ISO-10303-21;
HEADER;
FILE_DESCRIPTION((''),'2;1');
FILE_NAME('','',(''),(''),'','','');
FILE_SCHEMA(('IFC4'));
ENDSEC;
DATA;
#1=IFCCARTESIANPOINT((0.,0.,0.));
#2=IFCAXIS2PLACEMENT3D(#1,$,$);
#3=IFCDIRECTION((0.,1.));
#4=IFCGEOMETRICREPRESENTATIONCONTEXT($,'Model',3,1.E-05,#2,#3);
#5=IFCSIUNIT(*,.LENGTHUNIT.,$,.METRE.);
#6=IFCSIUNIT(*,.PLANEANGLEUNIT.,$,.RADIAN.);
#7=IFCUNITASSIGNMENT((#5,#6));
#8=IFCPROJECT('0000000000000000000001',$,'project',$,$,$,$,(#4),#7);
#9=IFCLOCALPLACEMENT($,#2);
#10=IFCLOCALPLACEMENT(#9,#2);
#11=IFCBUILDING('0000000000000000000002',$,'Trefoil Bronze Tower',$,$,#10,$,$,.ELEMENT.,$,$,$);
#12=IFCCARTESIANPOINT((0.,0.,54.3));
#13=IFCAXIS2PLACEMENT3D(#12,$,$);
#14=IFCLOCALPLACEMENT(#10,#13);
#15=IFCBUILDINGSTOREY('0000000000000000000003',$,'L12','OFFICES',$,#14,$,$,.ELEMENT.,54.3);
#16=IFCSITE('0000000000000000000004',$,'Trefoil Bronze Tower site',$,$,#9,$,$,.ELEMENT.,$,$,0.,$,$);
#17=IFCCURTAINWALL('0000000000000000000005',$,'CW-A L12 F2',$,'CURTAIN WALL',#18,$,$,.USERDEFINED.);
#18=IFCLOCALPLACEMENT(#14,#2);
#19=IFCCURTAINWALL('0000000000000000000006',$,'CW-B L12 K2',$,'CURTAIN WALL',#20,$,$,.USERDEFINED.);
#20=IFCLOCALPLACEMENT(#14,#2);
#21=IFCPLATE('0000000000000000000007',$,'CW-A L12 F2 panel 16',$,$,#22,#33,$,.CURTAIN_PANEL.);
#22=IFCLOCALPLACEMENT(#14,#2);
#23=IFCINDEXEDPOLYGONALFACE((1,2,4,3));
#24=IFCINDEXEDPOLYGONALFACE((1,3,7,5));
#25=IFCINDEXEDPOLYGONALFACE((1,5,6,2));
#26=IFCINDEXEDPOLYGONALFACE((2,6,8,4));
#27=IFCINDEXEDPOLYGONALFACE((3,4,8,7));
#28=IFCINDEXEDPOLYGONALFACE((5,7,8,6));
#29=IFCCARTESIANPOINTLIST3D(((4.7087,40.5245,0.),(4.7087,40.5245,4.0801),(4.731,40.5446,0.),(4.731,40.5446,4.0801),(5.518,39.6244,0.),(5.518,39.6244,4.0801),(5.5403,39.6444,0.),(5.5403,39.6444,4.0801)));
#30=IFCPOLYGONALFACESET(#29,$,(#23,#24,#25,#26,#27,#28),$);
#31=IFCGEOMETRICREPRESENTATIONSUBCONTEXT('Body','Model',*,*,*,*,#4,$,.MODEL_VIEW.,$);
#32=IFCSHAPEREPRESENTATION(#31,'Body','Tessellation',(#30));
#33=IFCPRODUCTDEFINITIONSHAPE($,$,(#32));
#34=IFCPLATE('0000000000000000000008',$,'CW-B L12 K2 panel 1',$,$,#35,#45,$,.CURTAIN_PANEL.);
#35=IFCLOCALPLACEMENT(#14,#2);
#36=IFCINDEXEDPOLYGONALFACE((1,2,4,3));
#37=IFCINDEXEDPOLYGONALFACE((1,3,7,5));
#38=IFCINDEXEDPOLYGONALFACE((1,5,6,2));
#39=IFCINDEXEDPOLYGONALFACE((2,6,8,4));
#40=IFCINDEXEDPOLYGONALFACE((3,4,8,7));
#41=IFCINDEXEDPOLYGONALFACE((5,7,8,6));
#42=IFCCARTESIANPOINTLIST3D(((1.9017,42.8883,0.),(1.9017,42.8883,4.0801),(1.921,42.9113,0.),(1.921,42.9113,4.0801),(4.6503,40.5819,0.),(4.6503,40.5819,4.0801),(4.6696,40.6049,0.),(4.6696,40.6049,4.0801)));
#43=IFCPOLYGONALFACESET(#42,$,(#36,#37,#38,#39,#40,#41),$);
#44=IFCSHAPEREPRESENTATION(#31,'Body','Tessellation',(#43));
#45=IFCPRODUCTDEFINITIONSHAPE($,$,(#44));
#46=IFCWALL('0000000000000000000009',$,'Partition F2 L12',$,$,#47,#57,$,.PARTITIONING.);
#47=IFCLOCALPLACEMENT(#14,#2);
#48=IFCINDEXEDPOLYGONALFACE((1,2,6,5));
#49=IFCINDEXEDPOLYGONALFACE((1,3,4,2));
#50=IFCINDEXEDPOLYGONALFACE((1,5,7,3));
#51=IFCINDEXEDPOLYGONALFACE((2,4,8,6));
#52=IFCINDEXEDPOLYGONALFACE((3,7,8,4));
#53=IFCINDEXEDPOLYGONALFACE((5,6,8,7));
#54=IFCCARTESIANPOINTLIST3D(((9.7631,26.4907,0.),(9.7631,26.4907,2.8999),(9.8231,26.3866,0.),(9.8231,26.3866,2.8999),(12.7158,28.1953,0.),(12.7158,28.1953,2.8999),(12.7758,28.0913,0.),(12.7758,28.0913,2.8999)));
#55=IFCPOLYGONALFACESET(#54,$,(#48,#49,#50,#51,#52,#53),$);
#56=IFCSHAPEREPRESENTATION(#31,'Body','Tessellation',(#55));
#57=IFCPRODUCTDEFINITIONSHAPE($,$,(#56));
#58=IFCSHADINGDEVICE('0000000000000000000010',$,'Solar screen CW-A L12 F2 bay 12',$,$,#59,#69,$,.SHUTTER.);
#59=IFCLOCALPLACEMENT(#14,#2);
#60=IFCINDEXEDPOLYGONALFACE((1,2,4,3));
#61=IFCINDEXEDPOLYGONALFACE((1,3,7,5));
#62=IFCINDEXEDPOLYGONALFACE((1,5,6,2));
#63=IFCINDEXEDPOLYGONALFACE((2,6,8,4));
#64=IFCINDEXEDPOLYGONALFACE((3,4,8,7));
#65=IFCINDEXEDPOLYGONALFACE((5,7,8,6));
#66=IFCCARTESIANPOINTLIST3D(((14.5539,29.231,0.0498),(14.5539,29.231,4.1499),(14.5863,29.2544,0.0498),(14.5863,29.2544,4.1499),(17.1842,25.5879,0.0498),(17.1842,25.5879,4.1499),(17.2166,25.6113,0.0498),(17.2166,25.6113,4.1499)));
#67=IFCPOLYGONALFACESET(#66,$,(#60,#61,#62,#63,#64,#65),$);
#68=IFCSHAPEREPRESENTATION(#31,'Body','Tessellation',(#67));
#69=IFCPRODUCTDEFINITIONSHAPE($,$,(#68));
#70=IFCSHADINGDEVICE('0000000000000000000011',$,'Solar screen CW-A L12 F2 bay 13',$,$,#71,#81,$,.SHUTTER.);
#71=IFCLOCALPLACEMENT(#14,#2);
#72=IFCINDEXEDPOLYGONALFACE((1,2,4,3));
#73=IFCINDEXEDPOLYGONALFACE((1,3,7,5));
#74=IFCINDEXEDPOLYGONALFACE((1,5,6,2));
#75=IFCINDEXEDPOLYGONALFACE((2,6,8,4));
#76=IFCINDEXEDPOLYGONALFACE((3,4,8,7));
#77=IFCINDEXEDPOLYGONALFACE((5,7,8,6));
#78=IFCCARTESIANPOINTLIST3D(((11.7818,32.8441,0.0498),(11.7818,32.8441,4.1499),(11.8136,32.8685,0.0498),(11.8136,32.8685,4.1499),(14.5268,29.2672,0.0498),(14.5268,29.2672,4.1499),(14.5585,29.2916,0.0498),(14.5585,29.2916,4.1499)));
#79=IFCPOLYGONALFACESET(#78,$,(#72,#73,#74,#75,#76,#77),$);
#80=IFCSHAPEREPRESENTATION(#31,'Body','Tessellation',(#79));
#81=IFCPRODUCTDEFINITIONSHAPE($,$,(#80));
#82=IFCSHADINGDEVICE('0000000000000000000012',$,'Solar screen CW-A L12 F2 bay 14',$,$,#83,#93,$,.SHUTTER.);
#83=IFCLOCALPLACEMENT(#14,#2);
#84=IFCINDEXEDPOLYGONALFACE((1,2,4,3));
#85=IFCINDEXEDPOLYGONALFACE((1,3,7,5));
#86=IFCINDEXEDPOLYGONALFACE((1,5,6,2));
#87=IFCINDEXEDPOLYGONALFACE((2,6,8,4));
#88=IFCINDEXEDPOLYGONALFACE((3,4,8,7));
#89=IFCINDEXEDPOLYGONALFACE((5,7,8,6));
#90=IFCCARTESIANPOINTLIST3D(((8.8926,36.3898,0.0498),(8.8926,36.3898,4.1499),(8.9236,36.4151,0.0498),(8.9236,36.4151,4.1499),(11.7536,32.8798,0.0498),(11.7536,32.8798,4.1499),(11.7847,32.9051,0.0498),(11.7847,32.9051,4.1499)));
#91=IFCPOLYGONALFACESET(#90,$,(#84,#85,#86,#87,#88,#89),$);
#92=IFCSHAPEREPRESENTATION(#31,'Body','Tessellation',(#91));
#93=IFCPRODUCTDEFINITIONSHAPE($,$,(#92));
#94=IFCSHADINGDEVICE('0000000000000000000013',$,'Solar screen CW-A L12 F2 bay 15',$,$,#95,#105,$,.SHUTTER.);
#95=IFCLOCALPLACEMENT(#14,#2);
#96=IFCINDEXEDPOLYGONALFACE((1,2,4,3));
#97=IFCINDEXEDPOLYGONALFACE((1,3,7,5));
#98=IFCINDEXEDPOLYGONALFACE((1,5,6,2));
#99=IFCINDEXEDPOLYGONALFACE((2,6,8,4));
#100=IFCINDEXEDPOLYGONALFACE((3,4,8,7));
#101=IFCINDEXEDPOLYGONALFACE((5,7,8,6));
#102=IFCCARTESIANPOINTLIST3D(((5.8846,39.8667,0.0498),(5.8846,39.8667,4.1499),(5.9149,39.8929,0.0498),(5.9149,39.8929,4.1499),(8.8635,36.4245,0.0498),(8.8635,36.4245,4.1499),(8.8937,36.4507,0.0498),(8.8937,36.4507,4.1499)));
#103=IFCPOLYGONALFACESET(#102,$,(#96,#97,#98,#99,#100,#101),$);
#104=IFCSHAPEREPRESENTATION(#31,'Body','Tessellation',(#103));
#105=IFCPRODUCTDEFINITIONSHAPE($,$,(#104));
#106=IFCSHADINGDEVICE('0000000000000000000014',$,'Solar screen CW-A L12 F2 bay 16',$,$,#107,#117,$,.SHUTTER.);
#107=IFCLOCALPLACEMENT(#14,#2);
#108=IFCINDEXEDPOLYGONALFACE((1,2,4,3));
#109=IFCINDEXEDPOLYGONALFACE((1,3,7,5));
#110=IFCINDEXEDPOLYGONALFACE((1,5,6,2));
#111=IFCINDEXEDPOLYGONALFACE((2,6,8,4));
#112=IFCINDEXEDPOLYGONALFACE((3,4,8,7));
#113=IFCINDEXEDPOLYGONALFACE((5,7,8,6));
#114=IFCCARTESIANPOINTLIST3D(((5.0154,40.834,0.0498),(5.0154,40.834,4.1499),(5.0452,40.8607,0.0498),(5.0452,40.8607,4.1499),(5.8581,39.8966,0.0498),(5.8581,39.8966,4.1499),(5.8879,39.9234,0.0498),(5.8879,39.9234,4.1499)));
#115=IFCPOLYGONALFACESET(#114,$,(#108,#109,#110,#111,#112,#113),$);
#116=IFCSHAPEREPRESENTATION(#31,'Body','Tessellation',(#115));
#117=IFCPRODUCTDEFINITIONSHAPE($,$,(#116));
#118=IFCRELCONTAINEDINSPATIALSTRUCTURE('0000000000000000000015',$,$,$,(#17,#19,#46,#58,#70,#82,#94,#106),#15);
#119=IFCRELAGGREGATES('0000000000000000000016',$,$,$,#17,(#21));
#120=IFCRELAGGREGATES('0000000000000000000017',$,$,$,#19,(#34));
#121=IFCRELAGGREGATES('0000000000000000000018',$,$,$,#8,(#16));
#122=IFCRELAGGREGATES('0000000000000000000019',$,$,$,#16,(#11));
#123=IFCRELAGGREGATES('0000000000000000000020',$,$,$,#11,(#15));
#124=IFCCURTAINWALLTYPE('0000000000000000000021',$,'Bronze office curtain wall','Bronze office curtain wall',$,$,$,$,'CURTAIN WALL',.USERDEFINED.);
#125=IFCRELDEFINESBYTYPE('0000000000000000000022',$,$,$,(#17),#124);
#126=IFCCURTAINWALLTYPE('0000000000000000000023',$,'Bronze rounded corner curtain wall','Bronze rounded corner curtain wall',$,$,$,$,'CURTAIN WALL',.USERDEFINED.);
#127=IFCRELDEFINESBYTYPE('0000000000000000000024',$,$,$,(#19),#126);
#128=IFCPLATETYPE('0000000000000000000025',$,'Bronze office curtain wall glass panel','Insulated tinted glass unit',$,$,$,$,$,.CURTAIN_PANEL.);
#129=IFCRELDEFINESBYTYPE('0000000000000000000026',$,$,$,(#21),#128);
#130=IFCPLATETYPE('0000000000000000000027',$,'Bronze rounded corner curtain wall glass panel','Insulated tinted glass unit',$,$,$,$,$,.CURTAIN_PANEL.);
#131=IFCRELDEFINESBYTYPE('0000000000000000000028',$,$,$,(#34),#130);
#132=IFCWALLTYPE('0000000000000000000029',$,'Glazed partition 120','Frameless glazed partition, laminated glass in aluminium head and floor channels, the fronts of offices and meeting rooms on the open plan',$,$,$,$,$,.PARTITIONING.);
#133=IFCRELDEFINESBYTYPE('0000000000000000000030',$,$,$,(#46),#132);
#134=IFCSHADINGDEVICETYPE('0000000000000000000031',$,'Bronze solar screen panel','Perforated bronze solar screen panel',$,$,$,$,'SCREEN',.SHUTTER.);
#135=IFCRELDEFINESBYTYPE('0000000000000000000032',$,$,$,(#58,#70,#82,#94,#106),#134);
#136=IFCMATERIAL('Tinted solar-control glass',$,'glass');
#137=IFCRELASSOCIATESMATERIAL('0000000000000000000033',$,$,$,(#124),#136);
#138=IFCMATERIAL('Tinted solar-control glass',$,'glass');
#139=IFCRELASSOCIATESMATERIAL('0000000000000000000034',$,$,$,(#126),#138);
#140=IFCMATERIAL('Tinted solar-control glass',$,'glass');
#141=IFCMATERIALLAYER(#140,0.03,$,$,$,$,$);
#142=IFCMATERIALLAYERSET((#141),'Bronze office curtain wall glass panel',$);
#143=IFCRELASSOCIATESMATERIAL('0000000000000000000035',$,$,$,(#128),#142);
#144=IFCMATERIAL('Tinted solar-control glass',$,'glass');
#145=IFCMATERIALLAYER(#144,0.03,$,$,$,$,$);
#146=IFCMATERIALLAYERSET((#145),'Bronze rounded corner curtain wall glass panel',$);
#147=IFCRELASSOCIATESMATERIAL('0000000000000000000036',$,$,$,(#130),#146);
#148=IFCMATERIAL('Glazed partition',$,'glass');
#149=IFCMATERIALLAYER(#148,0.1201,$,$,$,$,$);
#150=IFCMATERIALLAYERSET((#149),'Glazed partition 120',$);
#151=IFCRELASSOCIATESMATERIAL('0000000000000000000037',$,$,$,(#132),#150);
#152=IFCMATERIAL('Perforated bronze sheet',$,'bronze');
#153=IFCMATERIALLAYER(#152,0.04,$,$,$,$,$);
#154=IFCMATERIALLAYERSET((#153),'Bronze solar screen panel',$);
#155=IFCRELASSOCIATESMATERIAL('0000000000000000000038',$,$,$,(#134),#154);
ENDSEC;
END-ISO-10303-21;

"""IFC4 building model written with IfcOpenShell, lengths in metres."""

from ifc_helpers import new_model, si_unit, direction, frame, frame_2d, origin, origin_2d, place, context, subcontext, project, spatial, rectangle, extrude, material, layer, layer_set, type_object, element, aggregate, save


model = new_model("IFC4")

# Units and contexts
model_context = context("Model", 3, precision=1e-05, world=origin(), true_north=direction((0.0, 1.0)))
body_context = subcontext(model_context, "Body", "Model", "MODEL_VIEW")
ifc_project = project(units=[si_unit("LENGTHUNIT", "METRE"), si_unit("PLANEANGLEUNIT", "RADIAN")], contexts=[model_context])

# Site, building, storey
site_placement = place(None, origin())
site = spatial("IfcSite", under=ifc_project, at=site_placement, Name="Trefoil Bronze Tower site", CompositionType="ELEMENT", RefElevation=0.0)
building_placement = place(site_placement, origin())
building = spatial("IfcBuilding", under=site, at=building_placement, Name="Trefoil Bronze Tower", CompositionType="ELEMENT")
storey_placement = place(building_placement, frame((0.0, 0.0, 54.3)))
storey = spatial("IfcBuildingStorey", under=building, at=storey_placement, Name="L12", Description="OFFICES", CompositionType="ELEMENT", Elevation=54.3)

# Curtain walls
ifc_material_1 = material(Name="Tinted solar-control glass", Category="glass")
curtain_wall_type_1 = type_object("IfcCurtainWallType", Name="Bronze office curtain wall", Description="Bronze office curtain wall", ElementType="CURTAIN WALL", PredefinedType="USERDEFINED", material=ifc_material_1)
curtain_wall_1_placement = place(storey_placement, origin())
curtain_wall_1 = element("IfcCurtainWall", 1, at=curtain_wall_1_placement, inside=storey, type_object=curtain_wall_type_1, Name="CW-A L12 F2", ObjectType="CURTAIN WALL", PredefinedType="USERDEFINED")
ifc_material_2 = material(Name="Tinted solar-control glass", Category="glass")
curtain_wall_type_2 = type_object("IfcCurtainWallType", Name="Bronze rounded corner curtain wall", Description="Bronze rounded corner curtain wall", ElementType="CURTAIN WALL", PredefinedType="USERDEFINED", material=ifc_material_2)
curtain_wall_2_placement = place(storey_placement, origin())
curtain_wall_2 = element("IfcCurtainWall", 2, at=curtain_wall_2_placement, inside=storey, type_object=curtain_wall_type_2, Name="CW-B L12 K2", ObjectType="CURTAIN WALL", PredefinedType="USERDEFINED")

# Plates
ifc_material_3 = material(Name="Tinted solar-control glass", Category="glass")
ifc_layer_1 = layer(ifc_material_3, 0.03)
ifc_layer_set_1 = layer_set([ifc_layer_1], Name="Bronze office curtain wall glass panel")
plate_type_1 = type_object("IfcPlateType", Name="Bronze office curtain wall glass panel", Description="Insulated tinted glass unit", PredefinedType="CURTAIN_PANEL", material=ifc_layer_set_1)
plate_1_placement = place(storey_placement, frame((5.1245, 40.0845, 0.0), z_axis=(0.0, 0.0, 1.0), x_axis=(-0.668575, 0.743645, 0.0)))
plate_1 = element("IfcPlate", 3, at=plate_1_placement, type_object=plate_type_1, Name="CW-A L12 F2 panel 16", PredefinedType="CURTAIN_PANEL", context=body_context, shape_type="SweptSolid", body=[
    extrude(rectangle(XDim=1.2104, YDim=0.03, at=origin_2d()), origin(), (0.0, 0.0, 1.0), 4.0801),
])
aggregate(curtain_wall_1, [plate_1])
ifc_material_4 = material(Name="Tinted solar-control glass", Category="glass")
ifc_layer_2 = layer(ifc_material_4, 0.03)
ifc_layer_set_2 = layer_set([ifc_layer_2], Name="Bronze rounded corner curtain wall glass panel")
plate_type_2 = type_object("IfcPlateType", Name="Bronze rounded corner curtain wall glass panel", Description="Insulated tinted glass unit", PredefinedType="CURTAIN_PANEL", material=ifc_layer_set_2)
plate_2_placement = place(storey_placement, frame((3.2856, 41.7466, 0.0), z_axis=(0.0, 0.0, 1.0), x_axis=(-0.766044, 0.642788, 0.0)))
plate_2 = element("IfcPlate", 4, at=plate_2_placement, type_object=plate_type_2, Name="CW-B L12 K2 panel 1", PredefinedType="CURTAIN_PANEL", context=body_context, shape_type="SweptSolid", body=[
    extrude(rectangle(XDim=3.5881, YDim=0.03, at=origin_2d()), origin(), (0.0, 0.0, 1.0), 4.0801),
])
aggregate(curtain_wall_2, [plate_2])

# Wall
ifc_material_5 = material(Name="Glazed partition", Category="glass")
ifc_layer_3 = layer(ifc_material_5, 0.1201)
ifc_layer_set_3 = layer_set([ifc_layer_3], Name="Glazed partition 120")
wall_type = type_object("IfcWallType", Name="Glazed partition 120", Description="Frameless glazed partition, laminated glass in aluminium head and floor channels, the fronts of offices and meeting rooms on the open plan", PredefinedType="PARTITIONING", material=ifc_layer_set_3)
wall_placement = place(storey_placement, frame((9.7932, 26.4387, 0.0), z_axis=(0.0, 0.0, 1.0), x_axis=(0.86604, 0.499975, 0.0)))
element("IfcWall", 5, at=wall_placement, inside=storey, type_object=wall_type, Name="Partition F2 L12", PredefinedType="PARTITIONING", context=body_context, shape_type="SweptSolid", body=[
    extrude(rectangle(XDim=3.4094, YDim=0.1201, at=frame_2d((1.7046, 0.0))), origin(), (0.0, 0.0, 1.0), 2.8999),
])

# Shading devices
ifc_material_6 = material(Name="Perforated bronze sheet", Category="bronze")
ifc_layer_4 = layer(ifc_material_6, 0.04)
ifc_layer_set_4 = layer_set([ifc_layer_4], Name="Bronze solar screen panel")
shading_device_type = type_object("IfcShadingDeviceType", Name="Bronze solar screen panel", Description="Perforated bronze solar screen panel", ElementType="SCREEN", PredefinedType="SHUTTER", material=ifc_layer_set_4)
shading_device_1_placement = place(storey_placement, frame((15.8853, 27.4211, 0.0498), z_axis=(0.0, 0.0, 1.0), x_axis=(-0.585373, 0.810764, 0.0)))
element("IfcShadingDevice", 6, at=shading_device_1_placement, inside=storey, type_object=shading_device_type, Name="Solar screen CW-A L12 F2 bay 12", PredefinedType="SHUTTER", context=body_context, shape_type="SweptSolid", body=[
    extrude(rectangle(XDim=4.4934, YDim=0.04, at=origin_2d()), origin(), (0.0, 0.0, 1.0), 4.1001),
])
shading_device_2_placement = place(storey_placement, frame((13.1702, 31.0679, 0.0498), z_axis=(0.0, 0.0, 1.0), x_axis=(-0.608808, 0.793318, 0.0)))
element("IfcShadingDevice", 7, at=shading_device_2_placement, inside=storey, type_object=shading_device_type, Name="Solar screen CW-A L12 F2 bay 13", PredefinedType="SHUTTER", context=body_context, shape_type="SweptSolid", body=[
    extrude(rectangle(XDim=4.5088, YDim=0.04, at=origin_2d()), origin(), (0.0, 0.0, 1.0), 4.1001),
])
shading_device_3_placement = place(storey_placement, frame((10.3386, 34.6475, 0.0498), z_axis=(0.0, 0.0, 1.0), x_axis=(-0.631811, 0.775123, 0.0)))
element("IfcShadingDevice", 8, at=shading_device_3_placement, inside=storey, type_object=shading_device_type, Name="Solar screen CW-A L12 F2 bay 14", PredefinedType="SHUTTER", context=body_context, shape_type="SweptSolid", body=[
    extrude(rectangle(XDim=4.5283, YDim=0.04, at=origin_2d()), origin(), (0.0, 0.0, 1.0), 4.1001),
])
shading_device_4_placement = place(storey_placement, frame((7.3892, 38.1587, 0.0498), z_axis=(0.0, 0.0, 1.0), x_axis=(-0.654376, 0.756169, 0.0)))
element("IfcShadingDevice", 9, at=shading_device_4_placement, inside=storey, type_object=shading_device_type, Name="Solar screen CW-A L12 F2 bay 15", PredefinedType="SHUTTER", context=body_context, shape_type="SweptSolid", body=[
    extrude(rectangle(XDim=4.5522, YDim=0.04, at=origin_2d()), origin(), (0.0, 0.0, 1.0), 4.1001),
])
shading_device_5_placement = place(storey_placement, frame((5.4517, 40.3787, 0.0498), z_axis=(0.0, 0.0, 1.0), x_axis=(-0.668575, 0.743645, 0.0)))
element("IfcShadingDevice", 10, at=shading_device_5_placement, inside=storey, type_object=shading_device_type, Name="Solar screen CW-A L12 F2 bay 16", PredefinedType="SHUTTER", context=body_context, shape_type="SweptSolid", body=[
    extrude(rectangle(XDim=1.2605, YDim=0.04, at=origin_2d()), origin(), (0.0, 0.0, 1.0), 4.1001),
])

save(model, "model.ifc")
